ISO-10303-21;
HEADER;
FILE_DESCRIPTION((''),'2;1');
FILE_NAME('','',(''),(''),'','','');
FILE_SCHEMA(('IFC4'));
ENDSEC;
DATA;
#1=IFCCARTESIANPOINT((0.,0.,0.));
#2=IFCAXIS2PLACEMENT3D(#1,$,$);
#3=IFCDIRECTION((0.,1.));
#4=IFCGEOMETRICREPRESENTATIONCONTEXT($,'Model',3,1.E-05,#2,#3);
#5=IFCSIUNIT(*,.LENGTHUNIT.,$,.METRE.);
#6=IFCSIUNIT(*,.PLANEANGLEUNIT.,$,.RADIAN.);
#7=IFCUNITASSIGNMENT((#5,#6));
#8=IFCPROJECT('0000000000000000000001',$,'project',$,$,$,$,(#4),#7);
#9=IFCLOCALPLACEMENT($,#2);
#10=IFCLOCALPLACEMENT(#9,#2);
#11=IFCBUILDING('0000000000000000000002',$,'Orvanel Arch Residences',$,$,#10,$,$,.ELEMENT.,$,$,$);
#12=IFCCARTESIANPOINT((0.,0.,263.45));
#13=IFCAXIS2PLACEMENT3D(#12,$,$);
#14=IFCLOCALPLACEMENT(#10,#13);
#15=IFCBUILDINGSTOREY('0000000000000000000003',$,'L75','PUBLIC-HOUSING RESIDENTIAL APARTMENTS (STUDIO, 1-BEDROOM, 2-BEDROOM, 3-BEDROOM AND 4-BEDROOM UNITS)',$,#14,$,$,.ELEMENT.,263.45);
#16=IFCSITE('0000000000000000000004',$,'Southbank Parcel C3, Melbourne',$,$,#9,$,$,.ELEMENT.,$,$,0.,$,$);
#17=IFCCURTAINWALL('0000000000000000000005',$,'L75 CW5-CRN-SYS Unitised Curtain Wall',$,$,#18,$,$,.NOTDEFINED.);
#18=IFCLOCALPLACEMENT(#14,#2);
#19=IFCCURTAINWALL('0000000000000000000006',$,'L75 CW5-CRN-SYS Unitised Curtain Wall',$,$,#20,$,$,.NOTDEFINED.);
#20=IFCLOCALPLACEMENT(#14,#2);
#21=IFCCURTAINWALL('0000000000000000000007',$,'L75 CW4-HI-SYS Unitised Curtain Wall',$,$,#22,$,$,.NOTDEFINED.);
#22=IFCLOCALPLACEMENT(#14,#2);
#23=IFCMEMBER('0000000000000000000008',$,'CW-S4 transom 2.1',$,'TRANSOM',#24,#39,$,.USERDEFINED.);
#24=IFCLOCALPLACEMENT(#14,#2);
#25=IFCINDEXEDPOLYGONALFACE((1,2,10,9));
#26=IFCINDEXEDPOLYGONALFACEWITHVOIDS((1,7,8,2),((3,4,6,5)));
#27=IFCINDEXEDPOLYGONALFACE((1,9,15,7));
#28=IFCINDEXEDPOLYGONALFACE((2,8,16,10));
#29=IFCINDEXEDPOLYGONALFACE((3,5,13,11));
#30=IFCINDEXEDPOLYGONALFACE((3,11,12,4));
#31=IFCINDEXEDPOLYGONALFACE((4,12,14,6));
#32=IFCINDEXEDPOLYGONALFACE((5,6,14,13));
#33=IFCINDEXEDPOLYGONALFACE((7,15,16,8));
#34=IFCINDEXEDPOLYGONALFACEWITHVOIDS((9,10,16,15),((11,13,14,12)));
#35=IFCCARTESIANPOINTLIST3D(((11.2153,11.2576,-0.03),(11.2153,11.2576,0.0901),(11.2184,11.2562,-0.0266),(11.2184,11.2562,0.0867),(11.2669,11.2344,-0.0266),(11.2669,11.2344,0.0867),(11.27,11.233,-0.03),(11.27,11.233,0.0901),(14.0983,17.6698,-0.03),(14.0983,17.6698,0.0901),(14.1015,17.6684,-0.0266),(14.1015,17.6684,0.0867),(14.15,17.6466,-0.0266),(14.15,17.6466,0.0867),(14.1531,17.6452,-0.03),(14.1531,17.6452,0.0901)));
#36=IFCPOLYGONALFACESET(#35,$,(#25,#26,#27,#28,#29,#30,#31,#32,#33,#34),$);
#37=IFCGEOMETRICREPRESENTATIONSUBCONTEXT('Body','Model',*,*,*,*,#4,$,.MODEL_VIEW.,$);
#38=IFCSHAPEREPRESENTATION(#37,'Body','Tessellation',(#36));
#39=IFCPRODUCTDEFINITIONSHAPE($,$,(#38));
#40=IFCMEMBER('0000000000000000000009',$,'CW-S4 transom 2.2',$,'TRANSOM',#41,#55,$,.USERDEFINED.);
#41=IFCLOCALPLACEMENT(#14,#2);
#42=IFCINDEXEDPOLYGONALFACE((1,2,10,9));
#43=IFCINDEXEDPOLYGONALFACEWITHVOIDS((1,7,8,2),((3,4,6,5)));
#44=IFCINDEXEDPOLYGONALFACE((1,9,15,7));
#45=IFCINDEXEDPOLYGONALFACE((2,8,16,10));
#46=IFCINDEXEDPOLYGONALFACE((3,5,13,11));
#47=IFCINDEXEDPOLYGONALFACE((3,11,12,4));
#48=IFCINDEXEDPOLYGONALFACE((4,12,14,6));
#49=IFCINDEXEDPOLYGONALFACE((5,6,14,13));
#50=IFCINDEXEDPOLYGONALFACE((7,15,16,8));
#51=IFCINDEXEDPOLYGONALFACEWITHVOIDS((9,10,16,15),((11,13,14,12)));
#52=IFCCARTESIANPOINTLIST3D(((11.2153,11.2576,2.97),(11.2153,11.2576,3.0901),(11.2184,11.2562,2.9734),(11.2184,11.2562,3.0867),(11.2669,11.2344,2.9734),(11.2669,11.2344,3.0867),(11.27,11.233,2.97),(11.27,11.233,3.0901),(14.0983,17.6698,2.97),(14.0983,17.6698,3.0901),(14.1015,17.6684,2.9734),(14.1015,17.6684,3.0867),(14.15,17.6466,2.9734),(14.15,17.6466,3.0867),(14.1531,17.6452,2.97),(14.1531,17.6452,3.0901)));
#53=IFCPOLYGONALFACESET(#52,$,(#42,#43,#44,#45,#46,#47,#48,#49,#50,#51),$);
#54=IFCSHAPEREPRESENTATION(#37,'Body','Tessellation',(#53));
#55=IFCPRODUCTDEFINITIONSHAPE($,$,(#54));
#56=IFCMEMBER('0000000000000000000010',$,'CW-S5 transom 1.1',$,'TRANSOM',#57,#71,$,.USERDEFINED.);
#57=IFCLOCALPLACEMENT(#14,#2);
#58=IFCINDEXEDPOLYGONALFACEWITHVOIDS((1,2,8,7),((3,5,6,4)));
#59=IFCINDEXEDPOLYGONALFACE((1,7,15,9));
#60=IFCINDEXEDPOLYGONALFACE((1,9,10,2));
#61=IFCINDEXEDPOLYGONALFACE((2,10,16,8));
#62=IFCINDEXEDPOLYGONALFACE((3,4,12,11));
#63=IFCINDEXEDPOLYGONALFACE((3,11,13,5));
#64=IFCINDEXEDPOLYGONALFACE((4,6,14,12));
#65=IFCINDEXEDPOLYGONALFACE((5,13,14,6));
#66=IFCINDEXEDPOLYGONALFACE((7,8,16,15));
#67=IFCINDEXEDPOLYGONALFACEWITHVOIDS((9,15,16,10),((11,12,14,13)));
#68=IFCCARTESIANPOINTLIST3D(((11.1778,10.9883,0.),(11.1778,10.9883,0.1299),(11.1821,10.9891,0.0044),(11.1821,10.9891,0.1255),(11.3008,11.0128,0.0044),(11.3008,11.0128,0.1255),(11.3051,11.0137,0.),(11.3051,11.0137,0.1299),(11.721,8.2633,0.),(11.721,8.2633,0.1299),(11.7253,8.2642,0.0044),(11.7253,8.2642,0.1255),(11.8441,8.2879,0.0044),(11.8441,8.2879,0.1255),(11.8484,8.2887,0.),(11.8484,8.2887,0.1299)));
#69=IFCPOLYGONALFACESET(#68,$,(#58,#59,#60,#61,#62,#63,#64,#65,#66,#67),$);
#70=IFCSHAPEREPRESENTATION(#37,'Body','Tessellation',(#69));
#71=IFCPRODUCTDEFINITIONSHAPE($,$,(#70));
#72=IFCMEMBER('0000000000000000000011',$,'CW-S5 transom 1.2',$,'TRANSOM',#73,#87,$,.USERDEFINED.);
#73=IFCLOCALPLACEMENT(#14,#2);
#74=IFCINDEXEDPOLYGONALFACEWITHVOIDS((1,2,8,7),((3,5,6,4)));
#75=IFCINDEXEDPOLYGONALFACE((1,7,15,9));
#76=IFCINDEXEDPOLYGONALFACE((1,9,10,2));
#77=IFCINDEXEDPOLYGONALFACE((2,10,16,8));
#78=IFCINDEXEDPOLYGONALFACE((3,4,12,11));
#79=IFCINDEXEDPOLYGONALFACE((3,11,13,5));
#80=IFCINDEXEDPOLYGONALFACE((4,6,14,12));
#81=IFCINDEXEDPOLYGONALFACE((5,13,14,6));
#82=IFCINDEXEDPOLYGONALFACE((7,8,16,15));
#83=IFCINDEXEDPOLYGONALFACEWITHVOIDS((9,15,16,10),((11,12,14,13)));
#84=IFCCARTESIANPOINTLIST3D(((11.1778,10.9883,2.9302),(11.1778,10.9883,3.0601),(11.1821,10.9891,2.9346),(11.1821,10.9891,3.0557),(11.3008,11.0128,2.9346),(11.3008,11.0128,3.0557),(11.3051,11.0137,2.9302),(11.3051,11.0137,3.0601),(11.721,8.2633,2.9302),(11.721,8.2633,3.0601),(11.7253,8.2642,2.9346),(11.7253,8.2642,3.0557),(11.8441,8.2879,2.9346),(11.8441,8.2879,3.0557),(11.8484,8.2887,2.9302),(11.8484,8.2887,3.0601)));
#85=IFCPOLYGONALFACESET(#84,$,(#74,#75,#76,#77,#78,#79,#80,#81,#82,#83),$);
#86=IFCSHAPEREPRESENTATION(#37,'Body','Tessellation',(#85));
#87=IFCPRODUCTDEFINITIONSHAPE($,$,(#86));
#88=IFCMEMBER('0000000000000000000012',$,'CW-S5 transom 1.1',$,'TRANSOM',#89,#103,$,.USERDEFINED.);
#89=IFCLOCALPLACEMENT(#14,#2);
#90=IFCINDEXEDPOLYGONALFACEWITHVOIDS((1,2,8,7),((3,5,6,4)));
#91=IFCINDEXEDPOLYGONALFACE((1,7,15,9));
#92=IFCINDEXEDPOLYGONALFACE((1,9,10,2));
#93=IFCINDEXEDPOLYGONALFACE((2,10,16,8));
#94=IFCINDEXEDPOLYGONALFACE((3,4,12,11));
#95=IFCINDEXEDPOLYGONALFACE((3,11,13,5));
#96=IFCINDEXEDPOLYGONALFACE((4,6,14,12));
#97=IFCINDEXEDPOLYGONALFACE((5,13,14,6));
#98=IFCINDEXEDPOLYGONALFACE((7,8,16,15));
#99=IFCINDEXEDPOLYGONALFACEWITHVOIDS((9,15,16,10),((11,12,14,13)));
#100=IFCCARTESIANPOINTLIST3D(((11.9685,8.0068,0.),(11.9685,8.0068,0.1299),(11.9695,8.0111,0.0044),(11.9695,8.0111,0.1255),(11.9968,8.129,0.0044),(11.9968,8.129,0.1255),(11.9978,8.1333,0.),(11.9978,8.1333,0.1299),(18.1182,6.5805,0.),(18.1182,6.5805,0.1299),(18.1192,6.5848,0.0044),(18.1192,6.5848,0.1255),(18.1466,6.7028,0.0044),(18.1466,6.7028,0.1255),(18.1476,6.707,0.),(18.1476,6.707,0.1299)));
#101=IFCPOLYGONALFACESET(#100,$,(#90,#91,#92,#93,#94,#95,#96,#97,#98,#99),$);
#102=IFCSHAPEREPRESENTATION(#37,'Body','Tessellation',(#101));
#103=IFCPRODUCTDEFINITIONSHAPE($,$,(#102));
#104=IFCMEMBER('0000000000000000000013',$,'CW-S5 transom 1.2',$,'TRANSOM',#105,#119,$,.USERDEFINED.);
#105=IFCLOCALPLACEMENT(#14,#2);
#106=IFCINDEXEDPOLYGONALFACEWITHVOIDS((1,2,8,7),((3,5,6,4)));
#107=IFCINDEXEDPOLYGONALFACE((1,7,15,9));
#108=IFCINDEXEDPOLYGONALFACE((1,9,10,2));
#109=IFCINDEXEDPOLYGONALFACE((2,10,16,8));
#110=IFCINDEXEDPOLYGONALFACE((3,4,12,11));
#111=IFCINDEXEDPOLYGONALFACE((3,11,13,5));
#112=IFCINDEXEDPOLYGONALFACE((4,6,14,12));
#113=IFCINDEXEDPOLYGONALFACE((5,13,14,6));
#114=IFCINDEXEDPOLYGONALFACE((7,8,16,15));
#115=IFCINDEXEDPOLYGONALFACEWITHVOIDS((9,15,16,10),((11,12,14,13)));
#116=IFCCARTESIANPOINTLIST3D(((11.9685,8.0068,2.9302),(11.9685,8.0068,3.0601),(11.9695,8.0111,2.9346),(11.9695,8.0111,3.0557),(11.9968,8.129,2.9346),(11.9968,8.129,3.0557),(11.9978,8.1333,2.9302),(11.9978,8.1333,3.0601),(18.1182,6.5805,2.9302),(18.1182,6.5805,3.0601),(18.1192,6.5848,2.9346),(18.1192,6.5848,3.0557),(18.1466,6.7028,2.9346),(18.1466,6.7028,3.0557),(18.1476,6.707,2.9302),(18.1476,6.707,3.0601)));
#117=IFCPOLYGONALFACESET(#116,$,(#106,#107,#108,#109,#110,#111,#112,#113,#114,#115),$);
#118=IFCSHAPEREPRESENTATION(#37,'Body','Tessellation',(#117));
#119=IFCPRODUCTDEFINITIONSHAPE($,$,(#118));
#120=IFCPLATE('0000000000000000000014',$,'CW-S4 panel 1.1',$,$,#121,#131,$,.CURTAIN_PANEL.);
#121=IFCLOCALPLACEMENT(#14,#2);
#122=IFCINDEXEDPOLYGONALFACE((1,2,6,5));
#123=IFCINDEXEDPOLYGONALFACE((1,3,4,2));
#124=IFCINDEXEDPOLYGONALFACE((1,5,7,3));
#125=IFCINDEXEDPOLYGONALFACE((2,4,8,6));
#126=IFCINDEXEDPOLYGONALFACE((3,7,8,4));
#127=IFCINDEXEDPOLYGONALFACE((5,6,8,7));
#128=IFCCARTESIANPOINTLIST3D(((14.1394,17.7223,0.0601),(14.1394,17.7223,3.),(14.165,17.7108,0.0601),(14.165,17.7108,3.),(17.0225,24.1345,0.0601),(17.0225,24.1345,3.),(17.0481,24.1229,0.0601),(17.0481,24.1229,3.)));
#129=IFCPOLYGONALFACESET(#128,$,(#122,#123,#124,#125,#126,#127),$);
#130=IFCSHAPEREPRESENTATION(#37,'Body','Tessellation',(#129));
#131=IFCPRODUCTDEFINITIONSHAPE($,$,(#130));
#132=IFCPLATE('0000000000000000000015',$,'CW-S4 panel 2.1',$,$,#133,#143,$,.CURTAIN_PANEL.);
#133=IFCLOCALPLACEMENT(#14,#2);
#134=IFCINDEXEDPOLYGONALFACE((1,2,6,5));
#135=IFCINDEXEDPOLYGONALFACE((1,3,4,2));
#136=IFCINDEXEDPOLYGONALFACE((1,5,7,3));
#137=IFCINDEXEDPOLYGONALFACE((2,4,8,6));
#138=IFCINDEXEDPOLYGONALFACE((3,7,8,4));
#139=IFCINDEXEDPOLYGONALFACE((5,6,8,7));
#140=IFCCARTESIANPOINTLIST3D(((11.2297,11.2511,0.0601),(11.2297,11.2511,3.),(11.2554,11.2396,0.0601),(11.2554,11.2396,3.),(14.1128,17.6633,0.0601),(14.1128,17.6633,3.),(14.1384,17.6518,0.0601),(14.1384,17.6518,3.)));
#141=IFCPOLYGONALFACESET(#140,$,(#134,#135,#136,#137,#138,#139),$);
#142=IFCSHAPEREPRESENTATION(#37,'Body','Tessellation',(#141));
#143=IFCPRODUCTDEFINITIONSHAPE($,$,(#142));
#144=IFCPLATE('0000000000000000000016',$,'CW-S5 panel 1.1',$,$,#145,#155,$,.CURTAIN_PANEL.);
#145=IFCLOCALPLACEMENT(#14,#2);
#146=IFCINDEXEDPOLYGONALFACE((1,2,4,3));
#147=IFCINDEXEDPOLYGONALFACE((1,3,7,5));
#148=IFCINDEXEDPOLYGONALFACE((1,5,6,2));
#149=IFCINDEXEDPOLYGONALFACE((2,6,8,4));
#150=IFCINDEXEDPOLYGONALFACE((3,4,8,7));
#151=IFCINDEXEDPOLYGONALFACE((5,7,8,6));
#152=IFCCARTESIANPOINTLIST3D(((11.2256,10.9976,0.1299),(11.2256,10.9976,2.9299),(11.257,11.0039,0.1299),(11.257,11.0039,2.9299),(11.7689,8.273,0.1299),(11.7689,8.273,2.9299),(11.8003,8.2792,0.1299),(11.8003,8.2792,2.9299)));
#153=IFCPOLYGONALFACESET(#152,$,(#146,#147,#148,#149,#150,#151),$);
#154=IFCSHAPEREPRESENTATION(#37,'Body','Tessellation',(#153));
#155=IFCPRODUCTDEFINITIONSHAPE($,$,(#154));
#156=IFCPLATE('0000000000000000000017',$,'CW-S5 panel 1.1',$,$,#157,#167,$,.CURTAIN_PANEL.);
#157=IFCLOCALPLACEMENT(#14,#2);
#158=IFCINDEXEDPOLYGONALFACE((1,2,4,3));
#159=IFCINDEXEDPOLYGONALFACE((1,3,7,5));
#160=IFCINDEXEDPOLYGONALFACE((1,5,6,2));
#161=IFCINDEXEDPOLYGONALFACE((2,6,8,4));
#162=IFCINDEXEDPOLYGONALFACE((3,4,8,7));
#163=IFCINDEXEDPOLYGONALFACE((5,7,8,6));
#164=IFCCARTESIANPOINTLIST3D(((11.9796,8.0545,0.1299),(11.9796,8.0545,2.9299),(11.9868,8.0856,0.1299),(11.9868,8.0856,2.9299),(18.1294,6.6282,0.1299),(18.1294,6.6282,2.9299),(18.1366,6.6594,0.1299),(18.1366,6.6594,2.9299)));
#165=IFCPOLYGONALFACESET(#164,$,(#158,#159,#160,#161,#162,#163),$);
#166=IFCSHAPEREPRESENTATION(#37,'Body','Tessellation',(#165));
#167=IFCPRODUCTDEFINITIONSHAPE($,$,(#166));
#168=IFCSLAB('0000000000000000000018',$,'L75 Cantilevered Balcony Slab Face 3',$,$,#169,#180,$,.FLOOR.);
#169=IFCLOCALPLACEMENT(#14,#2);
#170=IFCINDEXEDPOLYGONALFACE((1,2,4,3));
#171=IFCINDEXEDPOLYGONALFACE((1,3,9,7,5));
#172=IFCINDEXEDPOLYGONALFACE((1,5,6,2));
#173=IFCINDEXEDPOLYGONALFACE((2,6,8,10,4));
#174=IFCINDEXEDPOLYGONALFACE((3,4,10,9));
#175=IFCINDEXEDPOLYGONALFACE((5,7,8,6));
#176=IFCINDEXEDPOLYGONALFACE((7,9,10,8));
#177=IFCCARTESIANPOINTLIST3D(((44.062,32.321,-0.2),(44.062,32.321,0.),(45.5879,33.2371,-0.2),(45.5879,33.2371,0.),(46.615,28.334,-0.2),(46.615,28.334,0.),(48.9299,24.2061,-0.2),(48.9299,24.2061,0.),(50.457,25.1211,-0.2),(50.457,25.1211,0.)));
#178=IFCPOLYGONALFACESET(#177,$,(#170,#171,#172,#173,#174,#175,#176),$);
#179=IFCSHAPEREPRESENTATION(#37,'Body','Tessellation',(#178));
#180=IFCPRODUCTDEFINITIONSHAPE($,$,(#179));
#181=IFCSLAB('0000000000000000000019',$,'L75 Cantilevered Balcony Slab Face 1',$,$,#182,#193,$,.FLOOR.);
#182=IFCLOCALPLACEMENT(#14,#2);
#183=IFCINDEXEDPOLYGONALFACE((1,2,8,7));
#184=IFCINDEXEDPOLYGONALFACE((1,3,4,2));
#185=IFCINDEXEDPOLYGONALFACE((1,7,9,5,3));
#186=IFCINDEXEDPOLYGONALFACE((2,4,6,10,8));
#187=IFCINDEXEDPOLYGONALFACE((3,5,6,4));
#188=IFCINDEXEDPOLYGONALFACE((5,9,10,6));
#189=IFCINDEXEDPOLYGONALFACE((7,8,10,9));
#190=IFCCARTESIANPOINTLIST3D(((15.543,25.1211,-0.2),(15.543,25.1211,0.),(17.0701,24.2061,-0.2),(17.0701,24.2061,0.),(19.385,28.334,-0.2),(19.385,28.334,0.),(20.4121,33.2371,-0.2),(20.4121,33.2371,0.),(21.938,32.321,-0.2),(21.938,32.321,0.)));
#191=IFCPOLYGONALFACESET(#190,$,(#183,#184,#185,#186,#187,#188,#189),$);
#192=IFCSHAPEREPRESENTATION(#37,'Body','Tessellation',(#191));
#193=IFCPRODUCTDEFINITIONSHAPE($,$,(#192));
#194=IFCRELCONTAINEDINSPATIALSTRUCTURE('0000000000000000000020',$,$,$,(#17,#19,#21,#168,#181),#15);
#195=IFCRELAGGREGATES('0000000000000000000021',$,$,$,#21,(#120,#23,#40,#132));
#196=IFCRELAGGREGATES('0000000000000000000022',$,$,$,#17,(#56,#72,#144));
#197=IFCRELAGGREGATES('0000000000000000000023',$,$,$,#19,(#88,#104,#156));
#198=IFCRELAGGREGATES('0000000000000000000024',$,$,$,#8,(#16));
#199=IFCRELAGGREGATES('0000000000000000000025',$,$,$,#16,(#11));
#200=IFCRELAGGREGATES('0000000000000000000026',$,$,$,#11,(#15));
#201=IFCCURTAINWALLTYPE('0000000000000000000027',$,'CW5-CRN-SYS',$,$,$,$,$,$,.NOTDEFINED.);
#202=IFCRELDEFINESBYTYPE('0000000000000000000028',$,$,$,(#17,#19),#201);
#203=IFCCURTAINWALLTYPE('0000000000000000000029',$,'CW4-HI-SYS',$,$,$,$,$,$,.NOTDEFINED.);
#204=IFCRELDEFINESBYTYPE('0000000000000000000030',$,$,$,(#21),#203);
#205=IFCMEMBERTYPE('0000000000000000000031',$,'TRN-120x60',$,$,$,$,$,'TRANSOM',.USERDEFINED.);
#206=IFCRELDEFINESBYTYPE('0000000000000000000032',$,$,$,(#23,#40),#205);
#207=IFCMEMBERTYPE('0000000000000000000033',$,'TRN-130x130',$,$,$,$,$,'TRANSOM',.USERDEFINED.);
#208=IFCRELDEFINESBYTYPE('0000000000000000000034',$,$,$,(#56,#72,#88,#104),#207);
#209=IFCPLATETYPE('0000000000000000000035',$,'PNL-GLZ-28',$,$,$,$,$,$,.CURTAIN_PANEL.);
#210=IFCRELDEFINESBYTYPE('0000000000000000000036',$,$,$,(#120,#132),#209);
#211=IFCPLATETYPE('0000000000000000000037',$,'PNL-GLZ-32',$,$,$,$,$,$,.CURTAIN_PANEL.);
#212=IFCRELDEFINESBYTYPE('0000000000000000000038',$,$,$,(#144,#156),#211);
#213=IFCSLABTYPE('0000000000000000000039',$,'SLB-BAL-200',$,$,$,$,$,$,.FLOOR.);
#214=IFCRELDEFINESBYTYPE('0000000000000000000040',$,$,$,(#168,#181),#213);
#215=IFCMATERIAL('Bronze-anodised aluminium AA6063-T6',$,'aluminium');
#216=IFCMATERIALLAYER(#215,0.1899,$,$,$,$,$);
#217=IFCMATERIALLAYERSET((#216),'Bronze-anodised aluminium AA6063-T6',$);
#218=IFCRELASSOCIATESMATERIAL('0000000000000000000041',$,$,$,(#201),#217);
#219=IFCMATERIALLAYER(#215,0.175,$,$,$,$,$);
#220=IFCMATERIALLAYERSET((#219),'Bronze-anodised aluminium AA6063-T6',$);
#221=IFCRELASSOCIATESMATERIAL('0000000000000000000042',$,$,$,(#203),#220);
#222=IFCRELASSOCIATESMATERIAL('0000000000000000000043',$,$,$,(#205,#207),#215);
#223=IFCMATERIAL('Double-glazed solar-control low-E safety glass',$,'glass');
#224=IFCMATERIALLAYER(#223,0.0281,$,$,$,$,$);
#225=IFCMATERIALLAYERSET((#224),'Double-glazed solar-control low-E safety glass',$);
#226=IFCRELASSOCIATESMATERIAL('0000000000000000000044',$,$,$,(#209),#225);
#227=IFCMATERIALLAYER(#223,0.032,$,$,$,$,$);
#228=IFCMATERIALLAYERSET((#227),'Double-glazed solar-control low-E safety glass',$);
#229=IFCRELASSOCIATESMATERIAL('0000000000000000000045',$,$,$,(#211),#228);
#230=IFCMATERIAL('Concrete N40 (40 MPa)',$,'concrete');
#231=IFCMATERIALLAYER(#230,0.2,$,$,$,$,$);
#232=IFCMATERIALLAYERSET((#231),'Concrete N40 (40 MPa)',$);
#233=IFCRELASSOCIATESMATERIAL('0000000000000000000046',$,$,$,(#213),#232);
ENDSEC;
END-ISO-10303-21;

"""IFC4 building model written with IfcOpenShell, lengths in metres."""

from ifc_helpers import new_model, si_unit, direction, frame, origin, origin_2d, place, context, subcontext, project, spatial, polyline, rectangle, hollow_rectangle, outline, extrude, material, layer, layer_set, material_profile, profile_set, type_object, element, aggregate, save


model = new_model("IFC4")

# Units and contexts
model_context = context("Model", 3, precision=1e-05, world=origin(), true_north=direction((0.0, 1.0)))
body_context = subcontext(model_context, "Body", "Model", "MODEL_VIEW")
ifc_project = project(units=[si_unit("LENGTHUNIT", "METRE"), si_unit("PLANEANGLEUNIT", "RADIAN")], contexts=[model_context])

# Site, building, storey
site_placement = place(None, origin())
site = spatial("IfcSite", under=ifc_project, at=site_placement, Name="Southbank Parcel C3, Melbourne", CompositionType="ELEMENT", RefElevation=0.0)
building_placement = place(site_placement, origin())
building = spatial("IfcBuilding", under=site, at=building_placement, Name="Orvanel Arch Residences", CompositionType="ELEMENT")
storey_placement = place(building_placement, frame((0.0, 0.0, 263.45)))
storey = spatial("IfcBuildingStorey", under=building, at=storey_placement, Name="L75", Description="PUBLIC-HOUSING RESIDENTIAL APARTMENTS (STUDIO, 1-BEDROOM, 2-BEDROOM, 3-BEDROOM AND 4-BEDROOM UNITS)", CompositionType="ELEMENT", Elevation=263.45)

# Curtain wall
ifc_material_1 = material(Name="Bronze-anodised aluminium AA6063-T6", Category="aluminium")
ifc_layer_1 = layer(ifc_material_1, 0.1899)
ifc_layer_set_1 = layer_set([ifc_layer_1], Name="Bronze-anodised aluminium AA6063-T6")
curtain_wall_type_1 = type_object("IfcCurtainWallType", Name="CW5-CRN-SYS", PredefinedType="NOTDEFINED", material=ifc_layer_set_1)
curtain_wall_1_placement = place(storey_placement, origin())
curtain_wall_1 = element("IfcCurtainWall", 1, at=curtain_wall_1_placement, inside=storey, type_object=curtain_wall_type_1, Name="L75 CW5-CRN-SYS Unitised Curtain Wall", PredefinedType="NOTDEFINED")

# Curtain wall
curtain_wall_2_placement = place(storey_placement, origin())
curtain_wall_2 = element("IfcCurtainWall", 2, at=curtain_wall_2_placement, inside=storey, type_object=curtain_wall_type_1, Name="L75 CW5-CRN-SYS Unitised Curtain Wall", PredefinedType="NOTDEFINED")

# Curtain wall
ifc_layer_2 = layer(ifc_material_1, 0.175)
ifc_layer_set_2 = layer_set([ifc_layer_2], Name="Bronze-anodised aluminium AA6063-T6")
curtain_wall_type_2 = type_object("IfcCurtainWallType", Name="CW4-HI-SYS", PredefinedType="NOTDEFINED", material=ifc_layer_set_2)
curtain_wall_3_placement = place(storey_placement, origin())
curtain_wall_3 = element("IfcCurtainWall", 3, at=curtain_wall_3_placement, inside=storey, type_object=curtain_wall_type_2, Name="L75 CW4-HI-SYS Unitised Curtain Wall", PredefinedType="NOTDEFINED")

# Members
ifc_material_profile_1 = material_profile(ifc_material_1, hollow_rectangle(XDim=0.0601, YDim=0.1201, WallThickness=0.0034, at=origin_2d()), Name="ALU120x60x3.5")
ifc_profile_set_1 = profile_set([ifc_material_profile_1], Name="Bronze-anodised aluminium AA6063-T6")
member_type_1 = type_object("IfcMemberType", Name="TRN-120x60", ElementType="TRANSOM", PredefinedType="USERDEFINED", material=ifc_profile_set_1)
member_1_placement = place(storey_placement, frame((14.1257, 17.6575, 0.03), z_axis=(-0.410082, -0.912049, 0.0), x_axis=(0.912049, -0.410082, 0.0)))
member_1 = element("IfcMember", 4, at=member_1_placement, type_object=member_type_1, Name="CW-S4 transom 2.1", ObjectType="TRANSOM", PredefinedType="USERDEFINED", context=body_context, shape_type="SweptSolid", body=[
    extrude(hollow_rectangle(XDim=0.0601, YDim=0.1201, WallThickness=0.0034, at=origin_2d()), origin(), (0.0, 0.0, 1.0), 7.0305),
])
member_2_placement = place(storey_placement, frame((14.1257, 17.6575, 3.03), z_axis=(-0.410082, -0.912049, 0.0), x_axis=(0.912049, -0.410082, 0.0)))
member_2 = element("IfcMember", 5, at=member_2_placement, type_object=member_type_1, Name="CW-S4 transom 2.2", ObjectType="TRANSOM", PredefinedType="USERDEFINED", context=body_context, shape_type="SweptSolid", body=[
    extrude(hollow_rectangle(XDim=0.0601, YDim=0.1201, WallThickness=0.0034, at=origin_2d()), origin(), (0.0, 0.0, 1.0), 7.0305),
])
ifc_material_profile_2 = material_profile(ifc_material_1, hollow_rectangle(XDim=0.1299, YDim=0.1299, WallThickness=0.0044, at=origin_2d()), Name="ALU130x130x4.5")
ifc_profile_set_2 = profile_set([ifc_material_profile_2], Name="Bronze-anodised aluminium AA6063-T6")
member_type_2 = type_object("IfcMemberType", Name="TRN-130x130", ElementType="TRANSOM", PredefinedType="USERDEFINED", material=ifc_profile_set_2)
member_3_placement = place(storey_placement, frame((11.2415, 11.001, 0.0649), z_axis=(0.195508, -0.980702, 0.0), x_axis=(0.980702, 0.195508, 0.0)))
member_3 = element("IfcMember", 6, at=member_3_placement, type_object=member_type_2, Name="CW-S5 transom 1.1", ObjectType="TRANSOM", PredefinedType="USERDEFINED", context=body_context, shape_type="SweptSolid", body=[
    extrude(hollow_rectangle(XDim=0.1299, YDim=0.1299, WallThickness=0.0044, at=origin_2d()), origin(), (0.0, 0.0, 1.0), 2.7786),
])
member_4_placement = place(storey_placement, frame((11.2415, 11.001, 2.9951), z_axis=(0.195508, -0.980702, 0.0), x_axis=(0.980702, 0.195508, 0.0)))
member_4 = element("IfcMember", 7, at=member_4_placement, type_object=member_type_2, Name="CW-S5 transom 1.2", ObjectType="TRANSOM", PredefinedType="USERDEFINED", context=body_context, shape_type="SweptSolid", body=[
    extrude(hollow_rectangle(XDim=0.1299, YDim=0.1299, WallThickness=0.0044, at=origin_2d()), origin(), (0.0, 0.0, 1.0), 2.7786),
])
member_5_placement = place(storey_placement, frame((11.9832, 8.0701, 0.0649), z_axis=(0.974144, -0.22593, 0.0), x_axis=(0.22593, 0.974144, 0.0)))
member_5 = element("IfcMember", 8, at=member_5_placement, type_object=member_type_2, Name="CW-S5 transom 1.1", ObjectType="TRANSOM", PredefinedType="USERDEFINED", context=body_context, shape_type="SweptSolid", body=[
    extrude(hollow_rectangle(XDim=0.1299, YDim=0.1299, WallThickness=0.0044, at=origin_2d()), origin(), (0.0, 0.0, 1.0), 6.313),
])
member_6_placement = place(storey_placement, frame((11.9832, 8.0701, 2.9951), z_axis=(0.974144, -0.22593, 0.0), x_axis=(0.22593, 0.974144, 0.0)))
member_6 = element("IfcMember", 9, at=member_6_placement, type_object=member_type_2, Name="CW-S5 transom 1.2", ObjectType="TRANSOM", PredefinedType="USERDEFINED", context=body_context, shape_type="SweptSolid", body=[
    extrude(hollow_rectangle(XDim=0.1299, YDim=0.1299, WallThickness=0.0044, at=origin_2d()), origin(), (0.0, 0.0, 1.0), 6.313),
])

# Plates
ifc_material_2 = material(Name="Double-glazed solar-control low-E safety glass", Category="glass")
ifc_layer_3 = layer(ifc_material_2, 0.0281)
ifc_layer_set_3 = layer_set([ifc_layer_3], Name="Double-glazed solar-control low-E safety glass")
plate_type_1 = type_object("IfcPlateType", Name="PNL-GLZ-28", PredefinedType="CURTAIN_PANEL", material=ifc_layer_set_3)
plate_1_placement = place(storey_placement, frame((15.5938, 20.9226, 0.0601), z_axis=(0.0, 0.0, 1.0), x_axis=(-0.410079, -0.91205, 0.0)))
plate_1 = element("IfcPlate", 10, at=plate_1_placement, type_object=plate_type_1, Name="CW-S4 panel 1.1", PredefinedType="CURTAIN_PANEL", context=body_context, shape_type="SweptSolid", body=[
    extrude(rectangle(XDim=7.0305, YDim=0.0281, at=origin_2d()), origin(), (0.0, 0.0, 1.0), 2.9399),
])
plate_2_placement = place(storey_placement, frame((12.6841, 14.4514, 0.0601), z_axis=(0.0, 0.0, 1.0), x_axis=(-0.410079, -0.91205, 0.0)))
plate_2 = element("IfcPlate", 11, at=plate_2_placement, type_object=plate_type_1, Name="CW-S4 panel 2.1", PredefinedType="CURTAIN_PANEL", context=body_context, shape_type="SweptSolid", body=[
    extrude(rectangle(XDim=7.0305, YDim=0.0281, at=origin_2d()), origin(), (0.0, 0.0, 1.0), 2.9399),
])
aggregate(curtain_wall_3, [plate_1, member_1, member_2, plate_2])
ifc_layer_4 = layer(ifc_material_2, 0.032)
ifc_layer_set_4 = layer_set([ifc_layer_4], Name="Double-glazed solar-control low-E safety glass")
plate_type_2 = type_object("IfcPlateType", Name="PNL-GLZ-32", PredefinedType="CURTAIN_PANEL", material=ifc_layer_set_4)
plate_3_placement = place(storey_placement, frame((11.5129, 9.6384, 0.1299), z_axis=(0.0, 0.0, 1.0), x_axis=(0.195554, -0.980693, 0.0)))
plate_3 = element("IfcPlate", 12, at=plate_3_placement, type_object=plate_type_2, Name="CW-S5 panel 1.1", PredefinedType="CURTAIN_PANEL", context=body_context, shape_type="SweptSolid", body=[
    extrude(rectangle(XDim=2.7783, YDim=0.032, at=origin_2d()), origin(), (0.0, 0.0, 1.0), 2.8),
])
aggregate(curtain_wall_1, [member_3, member_4, plate_3])
plate_4_placement = place(storey_placement, frame((15.0581, 7.3569, 0.1299), z_axis=(0.0, 0.0, 1.0), x_axis=(0.974146, -0.22592, 0.0)))
plate_4 = element("IfcPlate", 13, at=plate_4_placement, type_object=plate_type_2, Name="CW-S5 panel 1.1", PredefinedType="CURTAIN_PANEL", context=body_context, shape_type="SweptSolid", body=[
    extrude(rectangle(XDim=6.313, YDim=0.032, at=origin_2d()), origin(), (0.0, 0.0, 1.0), 2.8),
])
aggregate(curtain_wall_2, [member_5, member_6, plate_4])

# Slabs
ifc_material_3 = material(Name="Concrete N40 (40 MPa)", Category="concrete")
ifc_layer_5 = layer(ifc_material_3, 0.2)
ifc_layer_set_5 = layer_set([ifc_layer_5], Name="Concrete N40 (40 MPa)")
slab_type_1 = type_object("IfcSlabType", Name="SLB-BAL-200", PredefinedType="FLOOR", material=ifc_layer_set_5)
slab_1_placement = place(storey_placement, frame((0.0, 0.0, -0.2)))
element("IfcSlab", 14, at=slab_1_placement, inside=storey, type_object=slab_type_1, Name="L75 Cantilevered Balcony Slab Face 3", PredefinedType="FLOOR", context=body_context, shape_type="SweptSolid", body=[
    extrude(outline(polyline([(50.457, 25.1211), (45.5879, 33.2371), (44.062, 32.321), (46.615, 28.334), (48.9299, 24.2061), (50.457, 25.1211)])), origin(), (0.0, 0.0, 1.0), 0.2),
])
slab_2_placement = place(storey_placement, frame((0.0, 0.0, -0.2)))
element("IfcSlab", 15, at=slab_2_placement, inside=storey, type_object=slab_type_1, Name="L75 Cantilevered Balcony Slab Face 1", PredefinedType="FLOOR", context=body_context, shape_type="SweptSolid", body=[
    extrude(outline(polyline([(20.4121, 33.2371), (15.543, 25.1211), (17.0701, 24.2061), (19.385, 28.334), (21.938, 32.321), (20.4121, 33.2371)])), origin(), (0.0, 0.0, 1.0), 0.2),
])

save(model, "model.ifc")
